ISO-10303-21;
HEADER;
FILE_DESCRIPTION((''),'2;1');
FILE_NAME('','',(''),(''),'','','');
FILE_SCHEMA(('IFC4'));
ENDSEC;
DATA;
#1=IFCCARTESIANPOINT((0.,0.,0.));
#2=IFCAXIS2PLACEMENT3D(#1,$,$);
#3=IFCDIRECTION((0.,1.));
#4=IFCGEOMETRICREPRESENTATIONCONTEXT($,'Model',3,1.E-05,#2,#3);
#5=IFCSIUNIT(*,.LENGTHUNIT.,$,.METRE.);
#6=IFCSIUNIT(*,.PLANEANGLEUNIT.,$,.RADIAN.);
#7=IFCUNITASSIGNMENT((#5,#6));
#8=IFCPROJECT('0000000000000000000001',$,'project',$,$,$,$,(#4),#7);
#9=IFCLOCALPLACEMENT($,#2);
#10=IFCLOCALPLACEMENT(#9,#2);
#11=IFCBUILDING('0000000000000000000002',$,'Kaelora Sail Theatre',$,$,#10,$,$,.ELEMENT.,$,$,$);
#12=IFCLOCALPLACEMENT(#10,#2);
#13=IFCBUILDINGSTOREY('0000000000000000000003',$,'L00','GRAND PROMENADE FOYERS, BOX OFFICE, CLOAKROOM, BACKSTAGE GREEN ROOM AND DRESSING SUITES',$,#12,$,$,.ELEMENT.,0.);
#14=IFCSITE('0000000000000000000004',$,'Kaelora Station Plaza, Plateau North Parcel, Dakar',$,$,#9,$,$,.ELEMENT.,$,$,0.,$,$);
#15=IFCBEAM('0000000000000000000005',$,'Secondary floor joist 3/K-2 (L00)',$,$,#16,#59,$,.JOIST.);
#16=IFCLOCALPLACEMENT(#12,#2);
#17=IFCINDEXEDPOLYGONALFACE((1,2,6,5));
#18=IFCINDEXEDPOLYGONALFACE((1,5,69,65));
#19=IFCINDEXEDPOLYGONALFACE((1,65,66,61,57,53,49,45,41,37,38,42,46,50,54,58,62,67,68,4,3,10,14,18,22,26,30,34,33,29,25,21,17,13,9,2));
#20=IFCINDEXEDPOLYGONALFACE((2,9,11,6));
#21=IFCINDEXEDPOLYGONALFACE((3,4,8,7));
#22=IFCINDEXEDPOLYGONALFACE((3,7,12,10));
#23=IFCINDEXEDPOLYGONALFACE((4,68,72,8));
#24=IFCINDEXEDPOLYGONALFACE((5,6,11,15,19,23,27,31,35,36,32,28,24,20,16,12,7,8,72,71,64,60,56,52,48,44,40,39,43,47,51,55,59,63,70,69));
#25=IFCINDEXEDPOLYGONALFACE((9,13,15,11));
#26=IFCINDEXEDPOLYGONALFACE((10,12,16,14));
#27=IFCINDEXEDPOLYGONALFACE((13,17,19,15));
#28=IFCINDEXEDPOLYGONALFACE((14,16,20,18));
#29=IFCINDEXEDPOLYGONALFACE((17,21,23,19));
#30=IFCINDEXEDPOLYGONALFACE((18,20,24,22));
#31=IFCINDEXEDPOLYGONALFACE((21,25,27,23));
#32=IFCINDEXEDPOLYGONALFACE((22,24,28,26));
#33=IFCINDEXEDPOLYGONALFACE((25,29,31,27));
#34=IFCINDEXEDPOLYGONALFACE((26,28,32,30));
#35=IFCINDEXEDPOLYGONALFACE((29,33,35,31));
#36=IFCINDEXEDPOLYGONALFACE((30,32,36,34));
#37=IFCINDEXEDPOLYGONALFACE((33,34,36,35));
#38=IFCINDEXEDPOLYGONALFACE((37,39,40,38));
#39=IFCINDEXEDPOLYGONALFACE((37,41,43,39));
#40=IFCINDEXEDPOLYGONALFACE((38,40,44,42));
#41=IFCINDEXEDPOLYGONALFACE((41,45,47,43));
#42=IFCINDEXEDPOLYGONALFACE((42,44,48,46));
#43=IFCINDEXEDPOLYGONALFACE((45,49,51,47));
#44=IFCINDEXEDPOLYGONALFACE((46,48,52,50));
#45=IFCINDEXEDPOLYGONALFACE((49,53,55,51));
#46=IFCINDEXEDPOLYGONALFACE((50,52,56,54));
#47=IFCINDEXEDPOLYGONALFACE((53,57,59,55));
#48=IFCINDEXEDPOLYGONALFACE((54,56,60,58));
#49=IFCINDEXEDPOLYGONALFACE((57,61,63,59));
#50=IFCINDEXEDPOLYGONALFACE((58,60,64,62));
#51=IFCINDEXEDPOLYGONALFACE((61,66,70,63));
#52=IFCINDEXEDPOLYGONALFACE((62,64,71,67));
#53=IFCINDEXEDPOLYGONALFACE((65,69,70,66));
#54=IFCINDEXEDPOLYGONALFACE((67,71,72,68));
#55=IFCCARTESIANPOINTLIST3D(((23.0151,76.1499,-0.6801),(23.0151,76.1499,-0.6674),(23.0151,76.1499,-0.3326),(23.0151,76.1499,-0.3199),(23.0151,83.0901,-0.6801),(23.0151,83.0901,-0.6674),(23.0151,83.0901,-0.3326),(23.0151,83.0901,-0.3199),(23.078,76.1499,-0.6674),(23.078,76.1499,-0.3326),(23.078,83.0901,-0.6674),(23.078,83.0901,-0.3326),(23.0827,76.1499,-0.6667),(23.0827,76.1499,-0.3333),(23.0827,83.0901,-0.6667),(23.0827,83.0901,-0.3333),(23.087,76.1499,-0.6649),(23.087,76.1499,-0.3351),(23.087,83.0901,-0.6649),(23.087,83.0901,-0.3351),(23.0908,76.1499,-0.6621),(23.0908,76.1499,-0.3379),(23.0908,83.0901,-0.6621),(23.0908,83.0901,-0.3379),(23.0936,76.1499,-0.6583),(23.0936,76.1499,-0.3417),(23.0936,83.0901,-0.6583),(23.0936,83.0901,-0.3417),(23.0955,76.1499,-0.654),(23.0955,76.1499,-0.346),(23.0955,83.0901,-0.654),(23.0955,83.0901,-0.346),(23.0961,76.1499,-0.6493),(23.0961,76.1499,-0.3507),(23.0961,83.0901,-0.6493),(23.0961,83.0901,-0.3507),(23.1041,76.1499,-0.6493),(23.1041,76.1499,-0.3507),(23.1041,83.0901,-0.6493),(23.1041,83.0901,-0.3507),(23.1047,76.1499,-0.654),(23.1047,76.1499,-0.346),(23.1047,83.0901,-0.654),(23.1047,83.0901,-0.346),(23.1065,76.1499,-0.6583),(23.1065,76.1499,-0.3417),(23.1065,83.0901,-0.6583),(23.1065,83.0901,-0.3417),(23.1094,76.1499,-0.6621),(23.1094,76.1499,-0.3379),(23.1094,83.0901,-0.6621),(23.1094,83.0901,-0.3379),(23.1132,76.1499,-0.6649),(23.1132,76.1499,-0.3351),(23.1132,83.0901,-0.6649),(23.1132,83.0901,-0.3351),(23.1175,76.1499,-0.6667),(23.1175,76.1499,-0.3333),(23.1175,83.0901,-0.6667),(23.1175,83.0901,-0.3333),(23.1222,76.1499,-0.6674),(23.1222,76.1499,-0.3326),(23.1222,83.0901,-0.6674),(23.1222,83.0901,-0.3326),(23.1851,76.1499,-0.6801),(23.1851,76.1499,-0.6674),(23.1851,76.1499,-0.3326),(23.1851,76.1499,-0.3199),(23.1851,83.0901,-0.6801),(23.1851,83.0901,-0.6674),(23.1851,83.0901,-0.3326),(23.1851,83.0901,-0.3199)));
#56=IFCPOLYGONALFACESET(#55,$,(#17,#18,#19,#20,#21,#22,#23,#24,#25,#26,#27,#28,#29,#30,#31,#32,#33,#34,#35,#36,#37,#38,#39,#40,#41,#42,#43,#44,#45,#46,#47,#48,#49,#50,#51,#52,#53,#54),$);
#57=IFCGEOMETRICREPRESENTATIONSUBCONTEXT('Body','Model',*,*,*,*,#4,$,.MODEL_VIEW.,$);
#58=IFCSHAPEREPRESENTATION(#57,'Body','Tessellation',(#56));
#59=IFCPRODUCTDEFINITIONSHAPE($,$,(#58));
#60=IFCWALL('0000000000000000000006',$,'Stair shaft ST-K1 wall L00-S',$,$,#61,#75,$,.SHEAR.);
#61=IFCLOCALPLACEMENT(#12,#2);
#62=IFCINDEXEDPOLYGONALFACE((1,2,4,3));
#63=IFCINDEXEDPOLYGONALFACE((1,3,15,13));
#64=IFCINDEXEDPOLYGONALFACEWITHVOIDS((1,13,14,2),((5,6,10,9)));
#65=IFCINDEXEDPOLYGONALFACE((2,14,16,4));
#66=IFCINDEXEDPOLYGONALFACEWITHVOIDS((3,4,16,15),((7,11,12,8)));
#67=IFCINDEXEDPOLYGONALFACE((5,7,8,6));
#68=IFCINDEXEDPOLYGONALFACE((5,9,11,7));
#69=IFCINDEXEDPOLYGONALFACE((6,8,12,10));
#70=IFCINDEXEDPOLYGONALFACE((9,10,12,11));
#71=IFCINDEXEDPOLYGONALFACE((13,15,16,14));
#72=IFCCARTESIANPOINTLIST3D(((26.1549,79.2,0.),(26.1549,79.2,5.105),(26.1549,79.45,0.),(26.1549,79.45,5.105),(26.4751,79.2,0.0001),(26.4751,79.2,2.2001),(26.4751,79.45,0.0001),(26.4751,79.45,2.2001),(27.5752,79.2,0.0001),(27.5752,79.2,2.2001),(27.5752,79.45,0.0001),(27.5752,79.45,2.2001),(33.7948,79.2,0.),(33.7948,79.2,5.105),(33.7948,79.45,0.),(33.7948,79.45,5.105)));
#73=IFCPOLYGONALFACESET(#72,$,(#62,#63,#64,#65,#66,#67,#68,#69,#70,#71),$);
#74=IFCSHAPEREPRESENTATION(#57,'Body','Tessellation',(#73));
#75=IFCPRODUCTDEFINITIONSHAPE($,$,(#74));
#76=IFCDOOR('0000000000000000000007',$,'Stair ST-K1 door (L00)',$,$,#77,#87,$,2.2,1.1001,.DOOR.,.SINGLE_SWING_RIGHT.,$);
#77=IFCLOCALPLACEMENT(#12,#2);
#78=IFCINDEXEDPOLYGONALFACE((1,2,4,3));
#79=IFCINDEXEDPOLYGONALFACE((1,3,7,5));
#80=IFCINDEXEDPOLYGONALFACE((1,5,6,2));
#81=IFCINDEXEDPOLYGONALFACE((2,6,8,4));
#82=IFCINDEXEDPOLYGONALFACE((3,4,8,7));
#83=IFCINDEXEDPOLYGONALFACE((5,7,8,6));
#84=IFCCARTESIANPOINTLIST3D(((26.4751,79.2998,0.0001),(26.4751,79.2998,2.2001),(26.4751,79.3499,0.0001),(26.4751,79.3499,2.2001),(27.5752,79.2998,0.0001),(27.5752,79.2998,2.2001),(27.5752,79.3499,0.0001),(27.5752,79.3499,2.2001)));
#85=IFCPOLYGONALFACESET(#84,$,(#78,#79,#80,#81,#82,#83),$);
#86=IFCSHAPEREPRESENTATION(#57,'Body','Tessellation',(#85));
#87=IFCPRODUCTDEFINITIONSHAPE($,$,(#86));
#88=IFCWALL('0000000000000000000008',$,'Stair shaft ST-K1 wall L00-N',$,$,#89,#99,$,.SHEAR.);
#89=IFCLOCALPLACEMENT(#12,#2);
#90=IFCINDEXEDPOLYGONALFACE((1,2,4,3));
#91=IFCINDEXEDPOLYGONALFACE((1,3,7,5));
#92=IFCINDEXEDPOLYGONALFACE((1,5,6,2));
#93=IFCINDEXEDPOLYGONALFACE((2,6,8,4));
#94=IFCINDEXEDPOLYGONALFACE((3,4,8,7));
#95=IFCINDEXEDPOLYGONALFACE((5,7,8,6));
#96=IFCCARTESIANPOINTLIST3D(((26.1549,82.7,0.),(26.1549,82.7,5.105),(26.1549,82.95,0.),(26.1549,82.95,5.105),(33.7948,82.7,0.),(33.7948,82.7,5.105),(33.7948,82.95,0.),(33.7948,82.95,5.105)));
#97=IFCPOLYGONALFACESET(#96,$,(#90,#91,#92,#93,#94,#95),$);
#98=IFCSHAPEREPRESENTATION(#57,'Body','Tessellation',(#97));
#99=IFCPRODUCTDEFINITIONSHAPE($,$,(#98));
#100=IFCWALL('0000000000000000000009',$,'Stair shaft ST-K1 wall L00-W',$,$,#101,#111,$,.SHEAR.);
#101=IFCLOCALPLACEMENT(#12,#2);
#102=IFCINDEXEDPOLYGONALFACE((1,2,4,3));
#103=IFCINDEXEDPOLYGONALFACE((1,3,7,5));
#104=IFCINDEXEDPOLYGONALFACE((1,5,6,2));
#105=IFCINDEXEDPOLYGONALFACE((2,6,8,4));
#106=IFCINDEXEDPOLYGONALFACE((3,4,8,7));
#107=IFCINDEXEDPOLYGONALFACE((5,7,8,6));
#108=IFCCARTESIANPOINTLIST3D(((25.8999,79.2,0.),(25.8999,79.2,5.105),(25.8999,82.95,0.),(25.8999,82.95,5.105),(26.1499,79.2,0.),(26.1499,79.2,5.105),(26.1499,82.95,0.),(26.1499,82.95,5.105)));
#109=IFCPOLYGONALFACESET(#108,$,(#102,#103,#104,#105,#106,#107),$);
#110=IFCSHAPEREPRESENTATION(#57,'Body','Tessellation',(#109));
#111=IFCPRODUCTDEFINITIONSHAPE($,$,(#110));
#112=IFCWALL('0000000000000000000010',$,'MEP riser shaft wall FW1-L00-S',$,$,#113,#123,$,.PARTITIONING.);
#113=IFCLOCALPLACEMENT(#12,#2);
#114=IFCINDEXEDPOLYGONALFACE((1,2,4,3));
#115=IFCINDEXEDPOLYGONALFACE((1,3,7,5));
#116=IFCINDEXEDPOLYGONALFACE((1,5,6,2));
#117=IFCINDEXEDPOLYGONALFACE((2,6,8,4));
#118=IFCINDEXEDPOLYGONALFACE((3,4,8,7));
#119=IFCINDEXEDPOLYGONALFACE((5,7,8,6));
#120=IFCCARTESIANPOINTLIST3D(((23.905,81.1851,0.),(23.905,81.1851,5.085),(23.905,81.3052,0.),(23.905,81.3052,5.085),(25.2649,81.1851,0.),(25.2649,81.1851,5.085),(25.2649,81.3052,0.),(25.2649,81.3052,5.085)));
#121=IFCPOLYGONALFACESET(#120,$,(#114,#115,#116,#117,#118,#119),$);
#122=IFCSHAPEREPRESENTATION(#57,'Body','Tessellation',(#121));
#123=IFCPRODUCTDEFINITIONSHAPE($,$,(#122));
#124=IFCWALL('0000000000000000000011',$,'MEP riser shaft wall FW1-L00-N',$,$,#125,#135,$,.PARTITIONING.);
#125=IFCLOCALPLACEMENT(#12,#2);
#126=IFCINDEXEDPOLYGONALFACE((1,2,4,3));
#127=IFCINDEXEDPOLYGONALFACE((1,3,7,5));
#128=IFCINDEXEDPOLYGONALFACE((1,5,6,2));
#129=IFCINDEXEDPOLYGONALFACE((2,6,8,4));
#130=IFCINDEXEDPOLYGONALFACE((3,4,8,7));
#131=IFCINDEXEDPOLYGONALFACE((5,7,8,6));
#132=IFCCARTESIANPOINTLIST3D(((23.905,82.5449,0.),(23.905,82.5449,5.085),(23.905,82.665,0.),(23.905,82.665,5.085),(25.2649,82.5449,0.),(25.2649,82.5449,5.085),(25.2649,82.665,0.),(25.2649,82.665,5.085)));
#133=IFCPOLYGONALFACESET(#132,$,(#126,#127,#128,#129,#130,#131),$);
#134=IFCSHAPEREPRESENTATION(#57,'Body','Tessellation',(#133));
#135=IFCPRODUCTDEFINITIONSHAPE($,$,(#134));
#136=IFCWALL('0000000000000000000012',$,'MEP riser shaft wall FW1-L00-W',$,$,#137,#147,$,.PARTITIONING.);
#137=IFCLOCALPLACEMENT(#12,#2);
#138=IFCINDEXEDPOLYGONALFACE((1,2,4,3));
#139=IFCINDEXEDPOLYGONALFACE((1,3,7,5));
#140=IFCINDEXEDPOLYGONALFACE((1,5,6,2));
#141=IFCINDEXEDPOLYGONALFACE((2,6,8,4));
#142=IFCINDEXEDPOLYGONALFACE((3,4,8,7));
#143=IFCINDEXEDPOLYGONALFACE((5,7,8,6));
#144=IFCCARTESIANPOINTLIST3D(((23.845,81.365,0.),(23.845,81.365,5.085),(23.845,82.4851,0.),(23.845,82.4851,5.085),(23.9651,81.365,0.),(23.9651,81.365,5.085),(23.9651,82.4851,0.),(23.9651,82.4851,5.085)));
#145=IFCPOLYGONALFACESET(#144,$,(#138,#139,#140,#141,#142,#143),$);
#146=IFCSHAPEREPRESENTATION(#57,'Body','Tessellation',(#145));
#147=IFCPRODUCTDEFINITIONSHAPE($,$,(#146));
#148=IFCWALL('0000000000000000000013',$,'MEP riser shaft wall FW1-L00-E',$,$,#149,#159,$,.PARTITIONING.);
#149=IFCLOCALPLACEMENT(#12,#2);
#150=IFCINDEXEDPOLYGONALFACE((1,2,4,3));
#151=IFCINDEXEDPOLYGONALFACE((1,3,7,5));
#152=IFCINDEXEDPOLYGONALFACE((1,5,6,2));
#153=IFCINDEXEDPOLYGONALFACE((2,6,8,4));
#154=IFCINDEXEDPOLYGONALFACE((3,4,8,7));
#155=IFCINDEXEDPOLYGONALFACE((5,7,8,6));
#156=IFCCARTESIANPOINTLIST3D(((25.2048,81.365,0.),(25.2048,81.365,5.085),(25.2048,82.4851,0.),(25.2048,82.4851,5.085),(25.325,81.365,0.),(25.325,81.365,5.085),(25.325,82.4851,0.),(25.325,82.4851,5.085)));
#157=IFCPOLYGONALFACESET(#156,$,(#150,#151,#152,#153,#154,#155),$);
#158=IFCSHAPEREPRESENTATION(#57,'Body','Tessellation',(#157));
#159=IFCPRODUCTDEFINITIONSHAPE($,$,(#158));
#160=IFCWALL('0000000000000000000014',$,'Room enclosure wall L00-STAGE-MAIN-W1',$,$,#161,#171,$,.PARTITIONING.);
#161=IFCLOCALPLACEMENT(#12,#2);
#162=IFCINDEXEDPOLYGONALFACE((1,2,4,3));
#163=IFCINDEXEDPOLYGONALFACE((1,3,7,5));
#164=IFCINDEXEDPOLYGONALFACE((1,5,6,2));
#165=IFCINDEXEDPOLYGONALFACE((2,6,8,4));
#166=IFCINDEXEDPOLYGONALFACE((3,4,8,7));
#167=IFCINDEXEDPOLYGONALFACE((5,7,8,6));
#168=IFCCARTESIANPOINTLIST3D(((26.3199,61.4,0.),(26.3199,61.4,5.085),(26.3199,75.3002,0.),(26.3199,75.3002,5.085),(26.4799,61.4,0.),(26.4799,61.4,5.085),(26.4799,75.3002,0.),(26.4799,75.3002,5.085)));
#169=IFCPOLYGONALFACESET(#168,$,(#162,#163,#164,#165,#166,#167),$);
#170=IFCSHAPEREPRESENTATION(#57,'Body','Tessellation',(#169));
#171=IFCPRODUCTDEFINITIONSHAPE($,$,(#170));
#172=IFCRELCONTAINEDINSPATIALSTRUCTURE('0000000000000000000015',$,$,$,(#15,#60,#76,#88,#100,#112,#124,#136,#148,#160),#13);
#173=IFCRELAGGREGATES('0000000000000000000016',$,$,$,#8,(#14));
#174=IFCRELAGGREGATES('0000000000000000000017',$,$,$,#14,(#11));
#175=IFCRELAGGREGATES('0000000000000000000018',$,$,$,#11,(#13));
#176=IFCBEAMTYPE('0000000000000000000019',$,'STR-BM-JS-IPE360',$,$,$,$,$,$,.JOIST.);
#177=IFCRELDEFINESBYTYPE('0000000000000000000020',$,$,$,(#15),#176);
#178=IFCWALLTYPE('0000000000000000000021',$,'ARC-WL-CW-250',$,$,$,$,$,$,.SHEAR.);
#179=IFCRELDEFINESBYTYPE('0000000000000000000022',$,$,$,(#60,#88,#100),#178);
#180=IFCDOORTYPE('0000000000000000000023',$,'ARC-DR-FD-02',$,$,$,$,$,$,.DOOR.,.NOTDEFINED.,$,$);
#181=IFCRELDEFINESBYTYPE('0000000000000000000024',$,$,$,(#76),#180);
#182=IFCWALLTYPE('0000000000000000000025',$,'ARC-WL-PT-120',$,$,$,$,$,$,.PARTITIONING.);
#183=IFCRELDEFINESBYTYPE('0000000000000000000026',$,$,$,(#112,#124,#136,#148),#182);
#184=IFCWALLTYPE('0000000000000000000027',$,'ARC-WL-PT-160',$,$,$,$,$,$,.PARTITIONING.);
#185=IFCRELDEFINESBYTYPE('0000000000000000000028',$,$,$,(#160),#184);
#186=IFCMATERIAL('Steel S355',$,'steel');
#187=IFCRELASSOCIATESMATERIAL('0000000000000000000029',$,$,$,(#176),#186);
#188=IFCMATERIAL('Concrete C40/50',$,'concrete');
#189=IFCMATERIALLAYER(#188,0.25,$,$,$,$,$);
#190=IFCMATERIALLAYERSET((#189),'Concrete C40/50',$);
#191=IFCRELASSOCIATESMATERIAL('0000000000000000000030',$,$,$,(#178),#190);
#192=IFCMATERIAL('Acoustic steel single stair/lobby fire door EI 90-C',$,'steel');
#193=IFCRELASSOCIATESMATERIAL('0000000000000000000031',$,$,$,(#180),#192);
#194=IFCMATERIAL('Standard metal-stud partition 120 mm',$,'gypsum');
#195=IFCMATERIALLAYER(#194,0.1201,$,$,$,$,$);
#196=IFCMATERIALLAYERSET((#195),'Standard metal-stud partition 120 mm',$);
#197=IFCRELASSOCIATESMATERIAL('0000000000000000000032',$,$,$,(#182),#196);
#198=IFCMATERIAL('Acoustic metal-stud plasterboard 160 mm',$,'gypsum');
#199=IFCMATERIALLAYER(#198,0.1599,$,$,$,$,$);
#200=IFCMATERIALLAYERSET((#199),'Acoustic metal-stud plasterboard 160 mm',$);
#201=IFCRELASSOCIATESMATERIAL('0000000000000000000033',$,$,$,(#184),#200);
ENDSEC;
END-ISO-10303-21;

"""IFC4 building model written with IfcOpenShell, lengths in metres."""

from ifc_helpers import new_model, si_unit, direction, frame, frame_2d, origin, origin_2d, place, context, subcontext, project, spatial, rectangle, i_section, extrude, material, layer, layer_set, material_profile, profile_set, type_object, element, fill, save


model = new_model("IFC4")

# Units and contexts
model_context = context("Model", 3, precision=1e-05, world=origin(), true_north=direction((0.0, 1.0)))
body_context = subcontext(model_context, "Body", "Model", "MODEL_VIEW")
ifc_project = project(units=[si_unit("LENGTHUNIT", "METRE"), si_unit("PLANEANGLEUNIT", "RADIAN")], contexts=[model_context])

# Site, building, storey
site_placement = place(None, origin())
site = spatial("IfcSite", under=ifc_project, at=site_placement, Name="Kaelora Station Plaza, Plateau North Parcel, Dakar", CompositionType="ELEMENT", RefElevation=0.0)
building_placement = place(site_placement, origin())
building = spatial("IfcBuilding", under=site, at=building_placement, Name="Kaelora Sail Theatre", CompositionType="ELEMENT")
storey_placement = place(building_placement, origin())
storey = spatial("IfcBuildingStorey", under=building, at=storey_placement, Name="L00", Description="GRAND PROMENADE FOYERS, BOX OFFICE, CLOAKROOM, BACKSTAGE GREEN ROOM AND DRESSING SUITES", CompositionType="ELEMENT", Elevation=0.0)

# Beam
ifc_material_1 = material(Name="Steel S355", Category="steel")
ifc_material_profile_1 = material_profile(ifc_material_1, i_section(OverallWidth=0.1699, OverallDepth=0.3601, WebThickness=0.0081, FlangeThickness=0.0127, FilletRadius=0.0181, at=origin_2d()), Name="IPE 360")
ifc_profile_set_1 = profile_set([ifc_material_profile_1], Name="Steel S355")
beam_type_1 = type_object("IfcBeamType", Name="STR-BM-JS-IPE360", PredefinedType="JOIST", material=ifc_profile_set_1)
beam_1_placement = place(storey_placement, frame((23.1001, 76.1499, -0.5), z_axis=(0.0, 1.0, 0.0), x_axis=(-1.0, 0.0, 0.0)))
element("IfcBeam", 1, at=beam_1_placement, inside=storey, type_object=beam_type_1, Name="Secondary floor joist 3/K-2 (L00)", PredefinedType="JOIST", context=body_context, shape_type="SweptSolid", body=[
    extrude(i_section(OverallWidth=0.1699, OverallDepth=0.3601, WebThickness=0.0081, FlangeThickness=0.0127, FilletRadius=0.0181, at=origin_2d()), origin(), (0.0, 0.0, 1.0), 6.9402),
])

# Wall, opening, door
ifc_material_2 = material(Name="Concrete C40/50", Category="concrete")
ifc_layer_1 = layer(ifc_material_2, 0.25)
ifc_layer_set_1 = layer_set([ifc_layer_1], Name="Concrete C40/50")
wall_type_1 = type_object("IfcWallType", Name="ARC-WL-CW-250", PredefinedType="SHEAR", material=ifc_layer_set_1)
wall_1_placement = place(storey_placement, frame((26.155, 79.325, 0.0), z_axis=(0.0, 0.0, 1.0), x_axis=(1.0, 0.0, 0.0)))
wall_1 = element("IfcWall", 2, at=wall_1_placement, inside=storey, type_object=wall_type_1, Name="Stair shaft ST-K1 wall L00-S", PredefinedType="SHEAR", context=body_context, shape_type="SweptSolid", body=[
    extrude(rectangle(XDim=7.6399, YDim=0.25, at=frame_2d((3.8198, 0.0))), origin(), (0.0, 0.0, 1.0), 5.105),
])
opening_1_placement = place(wall_1_placement, frame((0.3201, 0.0, 0.0)))
opening_1 = element("IfcOpeningElement", 3, at=opening_1_placement, cuts=wall_1, PredefinedType="OPENING", context=body_context, shape_type="SweptSolid", body=[
    extrude(rectangle(XDim=1.1001, YDim=2.2, at=frame_2d((0.55, 1.1001))), frame((0.0, 0.135, 0.0), z_axis=(0.0, -1.0, 0.0), x_axis=(1.0, 0.0, 0.0)), (0.0, 0.0, 1.0), 0.27),
])
ifc_material_3 = material(Name="Acoustic steel single stair/lobby fire door EI 90-C", Category="steel")
door_type_1 = type_object("IfcDoorType", Name="ARC-DR-FD-02", OperationType="NOTDEFINED", PredefinedType="DOOR", material=ifc_material_3)
door_1_placement = place(opening_1_placement, origin())
door_1 = element("IfcDoor", 4, at=door_1_placement, inside=storey, type_object=door_type_1, Name="Stair ST-K1 door (L00)", OperationType="SINGLE_SWING_RIGHT", OverallHeight=2.2, OverallWidth=1.1001, PredefinedType="DOOR", context=body_context, shape_type="SweptSolid", body=[
    extrude(rectangle(XDim=1.1001, YDim=2.2, at=frame_2d((0.55, 1.1001))), frame((0.0, 0.0249, 0.0), z_axis=(0.0, -1.0, 0.0), x_axis=(1.0, 0.0, 0.0)), (0.0, 0.0, 1.0), 0.05),
])
fill(opening_1, door_1)

# Walls
wall_2_placement = place(storey_placement, frame((26.155, 82.825, 0.0), z_axis=(0.0, 0.0, 1.0), x_axis=(1.0, 0.0, 0.0)))
element("IfcWall", 5, at=wall_2_placement, inside=storey, type_object=wall_type_1, Name="Stair shaft ST-K1 wall L00-N", PredefinedType="SHEAR", context=body_context, shape_type="SweptSolid", body=[
    extrude(rectangle(XDim=7.6399, YDim=0.25, at=frame_2d((3.8198, 0.0))), origin(), (0.0, 0.0, 1.0), 5.105),
])
wall_3_placement = place(storey_placement, frame((26.0249, 79.2, 0.0), z_axis=(0.0, 0.0, 1.0), x_axis=(0.0, 1.0, 0.0)))
element("IfcWall", 6, at=wall_3_placement, inside=storey, type_object=wall_type_1, Name="Stair shaft ST-K1 wall L00-W", PredefinedType="SHEAR", context=body_context, shape_type="SweptSolid", body=[
    extrude(rectangle(XDim=3.75, YDim=0.25, at=frame_2d((1.875, 0.0))), origin(), (0.0, 0.0, 1.0), 5.105),
])
ifc_material_4 = material(Name="Standard metal-stud partition 120 mm", Category="gypsum")
ifc_layer_2 = layer(ifc_material_4, 0.1201)
ifc_layer_set_2 = layer_set([ifc_layer_2], Name="Standard metal-stud partition 120 mm")
wall_type_2 = type_object("IfcWallType", Name="ARC-WL-PT-120", PredefinedType="PARTITIONING", material=ifc_layer_set_2)
for number, where, z_axis, x_axis, name in (
    (7, (23.905, 81.2451, 0.0), (0.0, 0.0, 1.0), (1.0, 0.0, 0.0), "MEP riser shaft wall FW1-L00-S"),
    (8, (23.905, 82.605, 0.0), (0.0, 0.0, 1.0), (1.0, 0.0, 0.0), "MEP riser shaft wall FW1-L00-N"),
):
    element("IfcWall", number, at=place(storey_placement, frame(where, z_axis=z_axis, x_axis=x_axis)), inside=storey, type_object=wall_type_2, Name=name, PredefinedType="PARTITIONING", context=body_context, shape_type="SweptSolid", body=[
        extrude(rectangle(XDim=1.3599, YDim=0.1201, at=frame_2d((0.6799, 0.0))), origin(), (0.0, 0.0, 1.0), 5.085),
    ])
for number, where, z_axis, x_axis, name in (
    (9, (23.905, 81.365, 0.0), (0.0, 0.0, 1.0), (0.0, 1.0, 0.0), "MEP riser shaft wall FW1-L00-W"),
    (10, (25.2649, 81.365, 0.0), (0.0, 0.0, 1.0), (0.0, 1.0, 0.0), "MEP riser shaft wall FW1-L00-E"),
):
    element("IfcWall", number, at=place(storey_placement, frame(where, z_axis=z_axis, x_axis=x_axis)), inside=storey, type_object=wall_type_2, Name=name, PredefinedType="PARTITIONING", context=body_context, shape_type="SweptSolid", body=[
        extrude(rectangle(XDim=1.1201, YDim=0.1201, at=frame_2d((0.5601, 0.0))), origin(), (0.0, 0.0, 1.0), 5.085),
    ])
ifc_material_5 = material(Name="Acoustic metal-stud plasterboard 160 mm", Category="gypsum")
ifc_layer_3 = layer(ifc_material_5, 0.1599)
ifc_layer_set_3 = layer_set([ifc_layer_3], Name="Acoustic metal-stud plasterboard 160 mm")
wall_type_3 = type_object("IfcWallType", Name="ARC-WL-PT-160", PredefinedType="PARTITIONING", material=ifc_layer_set_3)
wall_4_placement = place(storey_placement, frame((26.3999, 61.3999, 0.0), z_axis=(0.0, 0.0, 1.0), x_axis=(0.0, 1.0, 0.0)))
element("IfcWall", 11, at=wall_4_placement, inside=storey, type_object=wall_type_3, Name="Room enclosure wall L00-STAGE-MAIN-W1", PredefinedType="PARTITIONING", context=body_context, shape_type="SweptSolid", body=[
    extrude(rectangle(XDim=13.9001, YDim=0.1599, at=frame_2d((6.9502, 0.0))), origin(), (0.0, 0.0, 1.0), 5.085),
])

save(model, "model.ifc")
